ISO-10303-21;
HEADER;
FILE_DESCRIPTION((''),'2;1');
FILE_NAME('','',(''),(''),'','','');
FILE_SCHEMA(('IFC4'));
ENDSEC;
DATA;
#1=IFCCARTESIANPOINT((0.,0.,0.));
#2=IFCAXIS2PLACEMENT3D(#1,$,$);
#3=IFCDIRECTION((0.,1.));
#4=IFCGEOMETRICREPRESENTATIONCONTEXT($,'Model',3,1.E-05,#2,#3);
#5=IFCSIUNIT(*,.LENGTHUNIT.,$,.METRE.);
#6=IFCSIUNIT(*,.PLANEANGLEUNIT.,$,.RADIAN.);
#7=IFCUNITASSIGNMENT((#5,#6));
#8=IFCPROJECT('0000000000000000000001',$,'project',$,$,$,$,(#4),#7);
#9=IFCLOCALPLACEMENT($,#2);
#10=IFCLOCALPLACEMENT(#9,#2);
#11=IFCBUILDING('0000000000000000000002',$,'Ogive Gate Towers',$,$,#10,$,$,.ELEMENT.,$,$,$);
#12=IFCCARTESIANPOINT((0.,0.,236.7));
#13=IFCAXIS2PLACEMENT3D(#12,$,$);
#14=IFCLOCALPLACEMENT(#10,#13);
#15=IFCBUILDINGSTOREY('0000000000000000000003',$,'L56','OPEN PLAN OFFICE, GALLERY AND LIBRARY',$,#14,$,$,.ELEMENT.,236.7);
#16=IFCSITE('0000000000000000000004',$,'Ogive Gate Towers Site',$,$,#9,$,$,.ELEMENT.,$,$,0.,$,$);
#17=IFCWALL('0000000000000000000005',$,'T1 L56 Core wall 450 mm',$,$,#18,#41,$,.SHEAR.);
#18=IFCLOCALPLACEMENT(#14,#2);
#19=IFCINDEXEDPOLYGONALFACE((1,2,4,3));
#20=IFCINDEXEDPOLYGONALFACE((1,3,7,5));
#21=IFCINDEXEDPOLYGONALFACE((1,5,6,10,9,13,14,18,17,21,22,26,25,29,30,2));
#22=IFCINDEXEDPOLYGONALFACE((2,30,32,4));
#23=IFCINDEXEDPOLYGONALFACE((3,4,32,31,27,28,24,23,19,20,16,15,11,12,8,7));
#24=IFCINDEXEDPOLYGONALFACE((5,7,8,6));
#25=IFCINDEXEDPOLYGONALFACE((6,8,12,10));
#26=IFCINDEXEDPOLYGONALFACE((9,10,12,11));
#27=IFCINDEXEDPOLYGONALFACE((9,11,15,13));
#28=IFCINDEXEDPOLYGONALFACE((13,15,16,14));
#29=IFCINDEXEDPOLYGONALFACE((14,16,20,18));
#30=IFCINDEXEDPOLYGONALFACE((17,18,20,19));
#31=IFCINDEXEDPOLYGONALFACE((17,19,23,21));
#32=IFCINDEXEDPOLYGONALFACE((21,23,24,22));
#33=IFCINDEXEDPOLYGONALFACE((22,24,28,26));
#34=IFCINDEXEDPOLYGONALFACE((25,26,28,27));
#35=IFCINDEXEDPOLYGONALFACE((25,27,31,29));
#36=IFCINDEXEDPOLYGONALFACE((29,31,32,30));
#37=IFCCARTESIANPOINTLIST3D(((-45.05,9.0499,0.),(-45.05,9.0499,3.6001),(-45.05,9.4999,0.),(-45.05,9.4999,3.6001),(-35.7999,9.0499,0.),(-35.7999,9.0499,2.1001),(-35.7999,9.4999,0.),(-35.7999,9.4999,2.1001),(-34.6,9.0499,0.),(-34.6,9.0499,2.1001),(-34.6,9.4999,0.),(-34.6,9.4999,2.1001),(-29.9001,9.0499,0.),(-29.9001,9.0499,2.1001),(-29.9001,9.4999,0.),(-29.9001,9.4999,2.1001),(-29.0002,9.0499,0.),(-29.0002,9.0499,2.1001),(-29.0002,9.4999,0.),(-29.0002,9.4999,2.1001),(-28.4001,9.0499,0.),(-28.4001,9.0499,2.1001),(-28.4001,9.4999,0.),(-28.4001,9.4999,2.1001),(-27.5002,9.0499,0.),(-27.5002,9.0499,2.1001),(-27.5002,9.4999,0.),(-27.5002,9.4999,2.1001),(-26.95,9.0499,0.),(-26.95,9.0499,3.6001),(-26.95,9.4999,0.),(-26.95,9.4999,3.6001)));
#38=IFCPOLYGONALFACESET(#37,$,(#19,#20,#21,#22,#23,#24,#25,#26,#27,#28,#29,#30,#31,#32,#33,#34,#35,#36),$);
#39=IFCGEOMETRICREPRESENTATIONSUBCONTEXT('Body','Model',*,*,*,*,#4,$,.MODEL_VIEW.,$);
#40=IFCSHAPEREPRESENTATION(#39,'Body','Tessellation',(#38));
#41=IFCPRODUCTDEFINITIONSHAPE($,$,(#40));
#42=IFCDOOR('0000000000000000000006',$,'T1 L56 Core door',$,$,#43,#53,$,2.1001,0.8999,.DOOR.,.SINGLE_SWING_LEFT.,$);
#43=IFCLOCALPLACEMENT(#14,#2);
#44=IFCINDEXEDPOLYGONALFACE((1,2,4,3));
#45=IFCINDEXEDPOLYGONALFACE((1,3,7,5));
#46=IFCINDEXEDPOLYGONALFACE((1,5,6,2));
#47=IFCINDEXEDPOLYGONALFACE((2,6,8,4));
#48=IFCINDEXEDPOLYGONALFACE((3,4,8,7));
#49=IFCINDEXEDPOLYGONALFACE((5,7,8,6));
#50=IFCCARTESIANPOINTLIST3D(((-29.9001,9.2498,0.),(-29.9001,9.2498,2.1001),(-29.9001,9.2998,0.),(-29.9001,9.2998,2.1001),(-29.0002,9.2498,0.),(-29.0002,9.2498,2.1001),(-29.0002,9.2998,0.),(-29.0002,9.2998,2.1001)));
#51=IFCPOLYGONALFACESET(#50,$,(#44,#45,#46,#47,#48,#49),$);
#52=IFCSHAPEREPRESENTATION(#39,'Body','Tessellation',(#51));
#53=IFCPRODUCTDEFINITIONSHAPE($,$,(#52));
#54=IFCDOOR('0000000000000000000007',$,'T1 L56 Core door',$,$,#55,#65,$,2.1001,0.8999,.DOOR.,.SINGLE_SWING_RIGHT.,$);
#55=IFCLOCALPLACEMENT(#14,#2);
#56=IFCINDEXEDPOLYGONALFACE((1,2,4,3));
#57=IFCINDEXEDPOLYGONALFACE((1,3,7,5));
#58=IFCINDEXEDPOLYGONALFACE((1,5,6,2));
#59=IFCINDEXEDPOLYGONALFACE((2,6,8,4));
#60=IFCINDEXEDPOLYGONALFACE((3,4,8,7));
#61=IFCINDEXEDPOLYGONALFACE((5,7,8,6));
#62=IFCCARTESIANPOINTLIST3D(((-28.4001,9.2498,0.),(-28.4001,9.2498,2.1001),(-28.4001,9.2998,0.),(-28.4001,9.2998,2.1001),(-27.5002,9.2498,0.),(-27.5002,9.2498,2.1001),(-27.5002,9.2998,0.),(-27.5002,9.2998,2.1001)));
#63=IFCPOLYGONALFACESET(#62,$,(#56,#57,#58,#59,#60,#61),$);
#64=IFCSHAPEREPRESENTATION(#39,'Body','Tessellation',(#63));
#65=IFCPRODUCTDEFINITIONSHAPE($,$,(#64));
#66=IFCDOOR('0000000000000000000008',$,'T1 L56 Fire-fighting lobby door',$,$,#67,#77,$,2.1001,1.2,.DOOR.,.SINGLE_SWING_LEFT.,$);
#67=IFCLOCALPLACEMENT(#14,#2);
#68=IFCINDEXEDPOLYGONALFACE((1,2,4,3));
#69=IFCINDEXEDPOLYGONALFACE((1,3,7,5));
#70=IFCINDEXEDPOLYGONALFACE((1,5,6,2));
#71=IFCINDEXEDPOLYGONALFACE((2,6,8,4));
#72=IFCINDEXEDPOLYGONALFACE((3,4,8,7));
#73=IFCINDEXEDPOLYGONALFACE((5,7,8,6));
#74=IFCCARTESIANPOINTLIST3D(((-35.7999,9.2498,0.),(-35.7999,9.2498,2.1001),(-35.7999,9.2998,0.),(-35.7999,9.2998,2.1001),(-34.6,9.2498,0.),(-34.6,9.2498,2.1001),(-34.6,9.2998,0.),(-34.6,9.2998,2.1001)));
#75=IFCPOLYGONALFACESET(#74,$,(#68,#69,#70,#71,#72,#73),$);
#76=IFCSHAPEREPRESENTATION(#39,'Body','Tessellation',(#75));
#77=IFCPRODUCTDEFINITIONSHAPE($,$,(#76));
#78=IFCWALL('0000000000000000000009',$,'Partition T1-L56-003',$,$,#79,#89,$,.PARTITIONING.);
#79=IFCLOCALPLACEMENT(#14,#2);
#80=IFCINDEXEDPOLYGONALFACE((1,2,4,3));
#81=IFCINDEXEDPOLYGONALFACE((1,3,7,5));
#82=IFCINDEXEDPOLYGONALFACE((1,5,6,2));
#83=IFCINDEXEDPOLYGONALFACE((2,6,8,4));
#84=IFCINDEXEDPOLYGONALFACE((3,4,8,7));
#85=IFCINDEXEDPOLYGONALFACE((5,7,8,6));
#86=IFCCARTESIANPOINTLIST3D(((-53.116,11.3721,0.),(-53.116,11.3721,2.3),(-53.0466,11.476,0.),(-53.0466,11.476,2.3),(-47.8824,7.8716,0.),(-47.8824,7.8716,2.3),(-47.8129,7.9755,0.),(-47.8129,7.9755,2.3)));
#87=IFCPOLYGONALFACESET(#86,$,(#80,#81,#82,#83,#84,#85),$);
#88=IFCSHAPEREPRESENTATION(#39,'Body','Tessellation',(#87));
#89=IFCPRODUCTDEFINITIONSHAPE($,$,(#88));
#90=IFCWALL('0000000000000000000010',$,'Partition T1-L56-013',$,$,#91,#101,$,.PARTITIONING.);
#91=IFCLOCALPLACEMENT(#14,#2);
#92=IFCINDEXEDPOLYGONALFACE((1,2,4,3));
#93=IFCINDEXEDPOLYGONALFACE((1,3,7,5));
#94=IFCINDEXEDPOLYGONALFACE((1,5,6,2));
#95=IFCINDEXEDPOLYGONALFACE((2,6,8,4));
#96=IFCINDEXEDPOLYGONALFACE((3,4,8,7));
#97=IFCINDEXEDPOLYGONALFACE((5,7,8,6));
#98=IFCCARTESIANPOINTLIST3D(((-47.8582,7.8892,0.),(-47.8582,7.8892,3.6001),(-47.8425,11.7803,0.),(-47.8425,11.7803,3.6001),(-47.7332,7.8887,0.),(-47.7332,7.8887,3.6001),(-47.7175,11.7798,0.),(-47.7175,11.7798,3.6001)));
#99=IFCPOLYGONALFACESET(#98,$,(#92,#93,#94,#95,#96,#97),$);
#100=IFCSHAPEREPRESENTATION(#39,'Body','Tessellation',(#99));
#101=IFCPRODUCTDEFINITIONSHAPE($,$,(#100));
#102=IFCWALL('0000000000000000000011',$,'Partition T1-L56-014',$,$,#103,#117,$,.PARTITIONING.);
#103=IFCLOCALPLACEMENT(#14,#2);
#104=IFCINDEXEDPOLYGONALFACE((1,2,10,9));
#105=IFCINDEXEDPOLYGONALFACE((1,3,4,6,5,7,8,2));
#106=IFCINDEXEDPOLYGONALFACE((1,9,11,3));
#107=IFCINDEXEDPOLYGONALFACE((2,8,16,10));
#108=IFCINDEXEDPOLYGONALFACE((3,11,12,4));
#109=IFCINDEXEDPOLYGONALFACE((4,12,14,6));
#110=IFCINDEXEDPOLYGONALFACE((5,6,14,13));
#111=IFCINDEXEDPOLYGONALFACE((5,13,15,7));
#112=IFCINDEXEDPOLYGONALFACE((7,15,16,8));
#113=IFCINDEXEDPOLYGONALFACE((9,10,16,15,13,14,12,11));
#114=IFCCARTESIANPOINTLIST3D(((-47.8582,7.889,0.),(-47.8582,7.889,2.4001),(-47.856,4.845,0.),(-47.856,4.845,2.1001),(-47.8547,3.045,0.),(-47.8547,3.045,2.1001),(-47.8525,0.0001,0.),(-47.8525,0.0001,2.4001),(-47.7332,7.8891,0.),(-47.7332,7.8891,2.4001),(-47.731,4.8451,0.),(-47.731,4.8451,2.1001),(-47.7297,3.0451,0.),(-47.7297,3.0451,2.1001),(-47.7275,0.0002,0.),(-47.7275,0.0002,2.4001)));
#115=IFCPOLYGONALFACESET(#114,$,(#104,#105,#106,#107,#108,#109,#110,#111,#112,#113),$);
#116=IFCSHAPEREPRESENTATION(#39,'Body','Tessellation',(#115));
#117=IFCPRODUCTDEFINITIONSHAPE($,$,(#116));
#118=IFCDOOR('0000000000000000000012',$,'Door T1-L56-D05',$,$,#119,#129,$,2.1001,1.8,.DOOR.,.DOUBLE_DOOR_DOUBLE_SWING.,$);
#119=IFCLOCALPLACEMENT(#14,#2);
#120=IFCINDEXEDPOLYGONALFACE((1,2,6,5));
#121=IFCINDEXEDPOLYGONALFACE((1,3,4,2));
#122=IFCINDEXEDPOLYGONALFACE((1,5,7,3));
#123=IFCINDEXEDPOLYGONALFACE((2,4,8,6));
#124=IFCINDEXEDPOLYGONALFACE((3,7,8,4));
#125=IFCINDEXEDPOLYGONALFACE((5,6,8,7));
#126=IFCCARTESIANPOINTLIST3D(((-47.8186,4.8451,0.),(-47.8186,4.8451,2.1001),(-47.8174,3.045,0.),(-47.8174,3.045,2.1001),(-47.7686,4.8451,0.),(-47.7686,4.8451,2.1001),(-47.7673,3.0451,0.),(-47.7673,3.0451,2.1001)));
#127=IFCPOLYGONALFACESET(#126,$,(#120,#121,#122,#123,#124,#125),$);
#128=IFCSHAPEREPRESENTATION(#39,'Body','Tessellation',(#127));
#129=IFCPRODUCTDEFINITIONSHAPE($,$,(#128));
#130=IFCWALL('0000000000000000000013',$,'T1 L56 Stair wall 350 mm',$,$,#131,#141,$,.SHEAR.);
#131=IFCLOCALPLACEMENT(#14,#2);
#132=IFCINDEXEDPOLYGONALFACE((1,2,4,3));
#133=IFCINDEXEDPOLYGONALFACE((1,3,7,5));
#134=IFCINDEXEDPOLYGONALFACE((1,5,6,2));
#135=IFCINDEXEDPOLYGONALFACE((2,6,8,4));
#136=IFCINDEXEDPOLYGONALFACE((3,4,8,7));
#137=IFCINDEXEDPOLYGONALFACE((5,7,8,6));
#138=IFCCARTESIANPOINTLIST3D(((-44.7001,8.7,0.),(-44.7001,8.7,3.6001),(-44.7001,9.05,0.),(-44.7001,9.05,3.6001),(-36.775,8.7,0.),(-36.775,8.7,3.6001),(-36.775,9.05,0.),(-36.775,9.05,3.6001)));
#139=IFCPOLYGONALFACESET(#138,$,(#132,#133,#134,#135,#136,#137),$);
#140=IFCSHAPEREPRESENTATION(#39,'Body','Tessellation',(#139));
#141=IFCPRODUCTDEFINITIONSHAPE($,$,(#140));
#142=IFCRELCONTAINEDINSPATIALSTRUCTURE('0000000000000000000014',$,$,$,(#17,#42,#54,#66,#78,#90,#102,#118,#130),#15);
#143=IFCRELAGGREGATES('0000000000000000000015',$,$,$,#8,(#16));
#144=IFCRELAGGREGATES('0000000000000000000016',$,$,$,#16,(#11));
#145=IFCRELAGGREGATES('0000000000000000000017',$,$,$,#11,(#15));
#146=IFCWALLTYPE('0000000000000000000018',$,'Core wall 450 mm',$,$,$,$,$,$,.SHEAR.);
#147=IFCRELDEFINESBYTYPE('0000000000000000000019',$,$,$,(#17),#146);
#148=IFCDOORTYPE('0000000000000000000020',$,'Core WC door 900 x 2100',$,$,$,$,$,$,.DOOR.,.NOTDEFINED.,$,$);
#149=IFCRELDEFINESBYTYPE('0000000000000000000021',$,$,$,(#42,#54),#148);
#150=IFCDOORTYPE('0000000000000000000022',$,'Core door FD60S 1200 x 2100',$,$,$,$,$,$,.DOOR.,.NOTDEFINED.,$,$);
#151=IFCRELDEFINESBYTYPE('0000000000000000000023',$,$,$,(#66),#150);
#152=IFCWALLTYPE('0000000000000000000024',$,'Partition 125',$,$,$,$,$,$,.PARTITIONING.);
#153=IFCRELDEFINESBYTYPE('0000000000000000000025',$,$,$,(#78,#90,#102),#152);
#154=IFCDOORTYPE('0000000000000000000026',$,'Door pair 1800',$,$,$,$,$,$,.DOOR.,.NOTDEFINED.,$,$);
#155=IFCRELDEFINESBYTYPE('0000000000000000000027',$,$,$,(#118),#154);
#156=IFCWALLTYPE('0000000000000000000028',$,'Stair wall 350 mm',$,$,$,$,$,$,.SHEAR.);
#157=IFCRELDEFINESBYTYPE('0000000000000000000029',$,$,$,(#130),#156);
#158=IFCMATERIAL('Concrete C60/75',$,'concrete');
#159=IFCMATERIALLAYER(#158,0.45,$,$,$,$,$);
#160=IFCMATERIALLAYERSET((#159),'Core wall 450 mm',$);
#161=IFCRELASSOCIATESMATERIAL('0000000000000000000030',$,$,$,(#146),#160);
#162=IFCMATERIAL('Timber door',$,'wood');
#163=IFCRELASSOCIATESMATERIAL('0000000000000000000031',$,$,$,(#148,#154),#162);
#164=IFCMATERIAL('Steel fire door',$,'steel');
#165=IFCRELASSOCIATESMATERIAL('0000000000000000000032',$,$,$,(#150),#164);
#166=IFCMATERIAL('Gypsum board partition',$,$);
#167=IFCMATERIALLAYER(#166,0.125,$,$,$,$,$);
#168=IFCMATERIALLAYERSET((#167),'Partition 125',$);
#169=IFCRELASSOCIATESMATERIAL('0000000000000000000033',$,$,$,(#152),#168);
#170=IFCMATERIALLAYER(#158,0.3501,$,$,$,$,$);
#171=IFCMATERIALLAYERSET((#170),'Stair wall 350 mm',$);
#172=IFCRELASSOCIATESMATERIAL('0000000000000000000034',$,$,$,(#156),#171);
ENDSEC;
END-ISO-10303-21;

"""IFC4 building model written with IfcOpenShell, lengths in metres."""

from ifc_helpers import new_model, si_unit, direction, frame, frame_2d, origin, place, context, subcontext, project, spatial, rectangle, extrude, material, layer, layer_set, type_object, element, fill, save


model = new_model("IFC4")

# Units and contexts
model_context = context("Model", 3, precision=1e-05, world=origin(), true_north=direction((0.0, 1.0)))
body_context = subcontext(model_context, "Body", "Model", "MODEL_VIEW")
ifc_project = project(units=[si_unit("LENGTHUNIT", "METRE"), si_unit("PLANEANGLEUNIT", "RADIAN")], contexts=[model_context])

# Site, building, storey
site_placement = place(None, origin())
site = spatial("IfcSite", under=ifc_project, at=site_placement, Name="Ogive Gate Towers Site", CompositionType="ELEMENT", RefElevation=0.0)
building_placement = place(site_placement, origin())
building = spatial("IfcBuilding", under=site, at=building_placement, Name="Ogive Gate Towers", CompositionType="ELEMENT")
storey_placement = place(building_placement, frame((0.0, 0.0, 236.7)))
storey = spatial("IfcBuildingStorey", under=building, at=storey_placement, Name="L56", Description="OPEN PLAN OFFICE, GALLERY AND LIBRARY", CompositionType="ELEMENT", Elevation=236.7)

# Wall, openings, doors
ifc_material_1 = material(Name="Concrete C60/75", Category="concrete")
ifc_layer_1 = layer(ifc_material_1, 0.45)
ifc_layer_set_1 = layer_set([ifc_layer_1], Name="Core wall 450 mm")
wall_type_1 = type_object("IfcWallType", Name="Core wall 450 mm", PredefinedType="SHEAR", material=ifc_layer_set_1)
wall_1_placement = place(storey_placement, frame((-45.05, 9.2749, 0.0), z_axis=(0.0, 0.0, 1.0), x_axis=(1.0, 0.0, 0.0)))
wall_1 = element("IfcWall", 1, at=wall_1_placement, inside=storey, type_object=wall_type_1, Name="T1 L56 Core wall 450 mm", PredefinedType="SHEAR", context=body_context, shape_type="SweptSolid", body=[
    extrude(rectangle(XDim=18.1001, YDim=0.45, at=frame_2d((9.05, 0.0))), origin(), (0.0, 0.0, 1.0), 3.6001),
])
opening_1_placement = place(wall_1_placement, frame((9.25, 0.0, 0.0)))
opening_1 = element("IfcOpeningElement", 2, at=opening_1_placement, cuts=wall_1, PredefinedType="OPENING", context=body_context, shape_type="SweptSolid", body=[
    extrude(rectangle(XDim=1.2, YDim=2.1001, at=frame_2d((0.6001, 1.05))), frame((0.0, 0.2349, 0.0), z_axis=(0.0, -1.0, 0.0), x_axis=(1.0, 0.0, 0.0)), (0.0, 0.0, 1.0), 0.47),
])
opening_2_placement = place(wall_1_placement, frame((15.1499, 0.0, 0.0)))
opening_2 = element("IfcOpeningElement", 3, at=opening_2_placement, cuts=wall_1, PredefinedType="OPENING", context=body_context, shape_type="SweptSolid", body=[
    extrude(rectangle(XDim=0.8999, YDim=2.1001, at=frame_2d((0.45, 1.05))), frame((0.0, 0.2349, 0.0), z_axis=(0.0, -1.0, 0.0), x_axis=(1.0, 0.0, 0.0)), (0.0, 0.0, 1.0), 0.47),
])
opening_3_placement = place(wall_1_placement, frame((16.6499, 0.0, 0.0)))
opening_3 = element("IfcOpeningElement", 4, at=opening_3_placement, cuts=wall_1, PredefinedType="OPENING", context=body_context, shape_type="SweptSolid", body=[
    extrude(rectangle(XDim=0.8999, YDim=2.1001, at=frame_2d((0.45, 1.05))), frame((0.0, 0.2349, 0.0), z_axis=(0.0, -1.0, 0.0), x_axis=(1.0, 0.0, 0.0)), (0.0, 0.0, 1.0), 0.47),
])
ifc_material_2 = material(Name="Timber door", Category="wood")
door_type_1 = type_object("IfcDoorType", Name="Core WC door 900 x 2100", OperationType="NOTDEFINED", PredefinedType="DOOR", material=ifc_material_2)
door_1_placement = place(opening_2_placement, origin())
door_1 = element("IfcDoor", 5, at=door_1_placement, inside=storey, type_object=door_type_1, Name="T1 L56 Core door", OperationType="SINGLE_SWING_LEFT", OverallHeight=2.1001, OverallWidth=0.8999, PredefinedType="DOOR", context=body_context, shape_type="SweptSolid", body=[
    extrude(rectangle(XDim=0.8999, YDim=2.1001, at=frame_2d((0.45, 1.05))), frame((0.0, 0.0249, 0.0), z_axis=(0.0, -1.0, 0.0), x_axis=(1.0, 0.0, 0.0)), (0.0, 0.0, 1.0), 0.05),
])
fill(opening_2, door_1)
door_2_placement = place(opening_3_placement, origin())
door_2 = element("IfcDoor", 6, at=door_2_placement, inside=storey, type_object=door_type_1, Name="T1 L56 Core door", OperationType="SINGLE_SWING_RIGHT", OverallHeight=2.1001, OverallWidth=0.8999, PredefinedType="DOOR", context=body_context, shape_type="SweptSolid", body=[
    extrude(rectangle(XDim=0.8999, YDim=2.1001, at=frame_2d((0.45, 1.05))), frame((0.0, 0.0249, 0.0), z_axis=(0.0, -1.0, 0.0), x_axis=(1.0, 0.0, 0.0)), (0.0, 0.0, 1.0), 0.05),
])
fill(opening_3, door_2)
ifc_material_3 = material(Name="Steel fire door", Category="steel")
door_type_2 = type_object("IfcDoorType", Name="Core door FD60S 1200 x 2100", OperationType="NOTDEFINED", PredefinedType="DOOR", material=ifc_material_3)
door_3_placement = place(opening_1_placement, origin())
door_3 = element("IfcDoor", 7, at=door_3_placement, inside=storey, type_object=door_type_2, Name="T1 L56 Fire-fighting lobby door", OperationType="SINGLE_SWING_LEFT", OverallHeight=2.1001, OverallWidth=1.2, PredefinedType="DOOR", context=body_context, shape_type="SweptSolid", body=[
    extrude(rectangle(XDim=1.2, YDim=2.1001, at=frame_2d((0.6001, 1.05))), frame((0.0, 0.0249, 0.0), z_axis=(0.0, -1.0, 0.0), x_axis=(1.0, 0.0, 0.0)), (0.0, 0.0, 1.0), 0.05),
])
fill(opening_1, door_3)

# Walls
ifc_material_4 = material(Name="Gypsum board partition")
ifc_layer_2 = layer(ifc_material_4, 0.125)
ifc_layer_set_2 = layer_set([ifc_layer_2], Name="Partition 125")
wall_type_2 = type_object("IfcWallType", Name="Partition 125", PredefinedType="PARTITIONING", material=ifc_layer_set_2)
wall_2_placement = place(storey_placement, frame((-53.0813, 11.4241, 0.0), z_axis=(0.0, 0.0, 1.0), x_axis=(0.831214, -0.555952, 0.0)))
element("IfcWall", 8, at=wall_2_placement, inside=storey, type_object=wall_type_2, Name="Partition T1-L56-003", PredefinedType="PARTITIONING", context=body_context, shape_type="SweptSolid", body=[
    extrude(rectangle(XDim=6.2964, YDim=0.125, at=frame_2d((3.1482, 0.0))), origin(), (0.0, 0.0, 1.0), 2.3),
])
wall_3_placement = place(storey_placement, frame((-47.78, 11.78, 0.0), z_axis=(0.0, 0.0, 1.0), x_axis=(-0.004016, -0.999992, 0.0)))
element("IfcWall", 9, at=wall_3_placement, inside=storey, type_object=wall_type_2, Name="Partition T1-L56-013", PredefinedType="PARTITIONING", context=body_context, shape_type="SweptSolid", body=[
    extrude(rectangle(XDim=3.8911, YDim=0.125, at=frame_2d((1.9456, 0.0))), origin(), (0.0, 0.0, 1.0), 3.6001),
])

# Wall, opening, door
wall_4_placement = place(storey_placement, frame((-47.7957, 7.8889, 0.0), z_axis=(0.0, 0.0, 1.0), x_axis=(0.000712, -1.0, 0.0)))
wall_4 = element("IfcWall", 10, at=wall_4_placement, inside=storey, type_object=wall_type_2, Name="Partition T1-L56-014", PredefinedType="PARTITIONING", context=body_context, shape_type="SweptSolid", body=[
    extrude(rectangle(XDim=7.8889, YDim=0.125, at=frame_2d((3.9443, 0.0))), origin(), (0.0, 0.0, 1.0), 2.4001),
])
opening_4_placement = place(wall_4_placement, frame((3.0439, 0.0, 0.0)))
opening_4 = element("IfcOpeningElement", 11, at=opening_4_placement, cuts=wall_4, PredefinedType="OPENING", context=body_context, shape_type="SweptSolid", body=[
    extrude(rectangle(XDim=1.8, YDim=2.1001, at=frame_2d((0.8999, 1.05))), frame((0.0, 0.0725, 0.0), z_axis=(0.0, -1.0, 0.0), x_axis=(1.0, 0.0, 0.0)), (0.0, 0.0, 1.0), 0.145),
])
door_type_3 = type_object("IfcDoorType", Name="Door pair 1800", OperationType="NOTDEFINED", PredefinedType="DOOR", material=ifc_material_2)
door_4_placement = place(opening_4_placement, origin())
door_4 = element("IfcDoor", 12, at=door_4_placement, inside=storey, type_object=door_type_3, Name="Door T1-L56-D05", OperationType="DOUBLE_DOOR_DOUBLE_SWING", OverallHeight=2.1001, OverallWidth=1.8, PredefinedType="DOOR", context=body_context, shape_type="SweptSolid", body=[
    extrude(rectangle(XDim=1.8, YDim=2.1001, at=frame_2d((0.8999, 1.05))), frame((0.0, 0.0249, 0.0), z_axis=(0.0, -1.0, 0.0), x_axis=(1.0, 0.0, 0.0)), (0.0, 0.0, 1.0), 0.05),
])
fill(opening_4, door_4)

# Wall
ifc_layer_3 = layer(ifc_material_1, 0.3501)
ifc_layer_set_3 = layer_set([ifc_layer_3], Name="Stair wall 350 mm")
wall_type_3 = type_object("IfcWallType", Name="Stair wall 350 mm", PredefinedType="SHEAR", material=ifc_layer_set_3)
wall_5_placement = place(storey_placement, frame((-44.7, 8.875, 0.0), z_axis=(0.0, 0.0, 1.0), x_axis=(1.0, 0.0, 0.0)))
element("IfcWall", 13, at=wall_5_placement, inside=storey, type_object=wall_type_3, Name="T1 L56 Stair wall 350 mm", PredefinedType="SHEAR", context=body_context, shape_type="SweptSolid", body=[
    extrude(rectangle(XDim=7.925, YDim=0.3501, at=frame_2d((3.9624, 0.0))), origin(), (0.0, 0.0, 1.0), 3.6001),
])

save(model, "model.ifc")
